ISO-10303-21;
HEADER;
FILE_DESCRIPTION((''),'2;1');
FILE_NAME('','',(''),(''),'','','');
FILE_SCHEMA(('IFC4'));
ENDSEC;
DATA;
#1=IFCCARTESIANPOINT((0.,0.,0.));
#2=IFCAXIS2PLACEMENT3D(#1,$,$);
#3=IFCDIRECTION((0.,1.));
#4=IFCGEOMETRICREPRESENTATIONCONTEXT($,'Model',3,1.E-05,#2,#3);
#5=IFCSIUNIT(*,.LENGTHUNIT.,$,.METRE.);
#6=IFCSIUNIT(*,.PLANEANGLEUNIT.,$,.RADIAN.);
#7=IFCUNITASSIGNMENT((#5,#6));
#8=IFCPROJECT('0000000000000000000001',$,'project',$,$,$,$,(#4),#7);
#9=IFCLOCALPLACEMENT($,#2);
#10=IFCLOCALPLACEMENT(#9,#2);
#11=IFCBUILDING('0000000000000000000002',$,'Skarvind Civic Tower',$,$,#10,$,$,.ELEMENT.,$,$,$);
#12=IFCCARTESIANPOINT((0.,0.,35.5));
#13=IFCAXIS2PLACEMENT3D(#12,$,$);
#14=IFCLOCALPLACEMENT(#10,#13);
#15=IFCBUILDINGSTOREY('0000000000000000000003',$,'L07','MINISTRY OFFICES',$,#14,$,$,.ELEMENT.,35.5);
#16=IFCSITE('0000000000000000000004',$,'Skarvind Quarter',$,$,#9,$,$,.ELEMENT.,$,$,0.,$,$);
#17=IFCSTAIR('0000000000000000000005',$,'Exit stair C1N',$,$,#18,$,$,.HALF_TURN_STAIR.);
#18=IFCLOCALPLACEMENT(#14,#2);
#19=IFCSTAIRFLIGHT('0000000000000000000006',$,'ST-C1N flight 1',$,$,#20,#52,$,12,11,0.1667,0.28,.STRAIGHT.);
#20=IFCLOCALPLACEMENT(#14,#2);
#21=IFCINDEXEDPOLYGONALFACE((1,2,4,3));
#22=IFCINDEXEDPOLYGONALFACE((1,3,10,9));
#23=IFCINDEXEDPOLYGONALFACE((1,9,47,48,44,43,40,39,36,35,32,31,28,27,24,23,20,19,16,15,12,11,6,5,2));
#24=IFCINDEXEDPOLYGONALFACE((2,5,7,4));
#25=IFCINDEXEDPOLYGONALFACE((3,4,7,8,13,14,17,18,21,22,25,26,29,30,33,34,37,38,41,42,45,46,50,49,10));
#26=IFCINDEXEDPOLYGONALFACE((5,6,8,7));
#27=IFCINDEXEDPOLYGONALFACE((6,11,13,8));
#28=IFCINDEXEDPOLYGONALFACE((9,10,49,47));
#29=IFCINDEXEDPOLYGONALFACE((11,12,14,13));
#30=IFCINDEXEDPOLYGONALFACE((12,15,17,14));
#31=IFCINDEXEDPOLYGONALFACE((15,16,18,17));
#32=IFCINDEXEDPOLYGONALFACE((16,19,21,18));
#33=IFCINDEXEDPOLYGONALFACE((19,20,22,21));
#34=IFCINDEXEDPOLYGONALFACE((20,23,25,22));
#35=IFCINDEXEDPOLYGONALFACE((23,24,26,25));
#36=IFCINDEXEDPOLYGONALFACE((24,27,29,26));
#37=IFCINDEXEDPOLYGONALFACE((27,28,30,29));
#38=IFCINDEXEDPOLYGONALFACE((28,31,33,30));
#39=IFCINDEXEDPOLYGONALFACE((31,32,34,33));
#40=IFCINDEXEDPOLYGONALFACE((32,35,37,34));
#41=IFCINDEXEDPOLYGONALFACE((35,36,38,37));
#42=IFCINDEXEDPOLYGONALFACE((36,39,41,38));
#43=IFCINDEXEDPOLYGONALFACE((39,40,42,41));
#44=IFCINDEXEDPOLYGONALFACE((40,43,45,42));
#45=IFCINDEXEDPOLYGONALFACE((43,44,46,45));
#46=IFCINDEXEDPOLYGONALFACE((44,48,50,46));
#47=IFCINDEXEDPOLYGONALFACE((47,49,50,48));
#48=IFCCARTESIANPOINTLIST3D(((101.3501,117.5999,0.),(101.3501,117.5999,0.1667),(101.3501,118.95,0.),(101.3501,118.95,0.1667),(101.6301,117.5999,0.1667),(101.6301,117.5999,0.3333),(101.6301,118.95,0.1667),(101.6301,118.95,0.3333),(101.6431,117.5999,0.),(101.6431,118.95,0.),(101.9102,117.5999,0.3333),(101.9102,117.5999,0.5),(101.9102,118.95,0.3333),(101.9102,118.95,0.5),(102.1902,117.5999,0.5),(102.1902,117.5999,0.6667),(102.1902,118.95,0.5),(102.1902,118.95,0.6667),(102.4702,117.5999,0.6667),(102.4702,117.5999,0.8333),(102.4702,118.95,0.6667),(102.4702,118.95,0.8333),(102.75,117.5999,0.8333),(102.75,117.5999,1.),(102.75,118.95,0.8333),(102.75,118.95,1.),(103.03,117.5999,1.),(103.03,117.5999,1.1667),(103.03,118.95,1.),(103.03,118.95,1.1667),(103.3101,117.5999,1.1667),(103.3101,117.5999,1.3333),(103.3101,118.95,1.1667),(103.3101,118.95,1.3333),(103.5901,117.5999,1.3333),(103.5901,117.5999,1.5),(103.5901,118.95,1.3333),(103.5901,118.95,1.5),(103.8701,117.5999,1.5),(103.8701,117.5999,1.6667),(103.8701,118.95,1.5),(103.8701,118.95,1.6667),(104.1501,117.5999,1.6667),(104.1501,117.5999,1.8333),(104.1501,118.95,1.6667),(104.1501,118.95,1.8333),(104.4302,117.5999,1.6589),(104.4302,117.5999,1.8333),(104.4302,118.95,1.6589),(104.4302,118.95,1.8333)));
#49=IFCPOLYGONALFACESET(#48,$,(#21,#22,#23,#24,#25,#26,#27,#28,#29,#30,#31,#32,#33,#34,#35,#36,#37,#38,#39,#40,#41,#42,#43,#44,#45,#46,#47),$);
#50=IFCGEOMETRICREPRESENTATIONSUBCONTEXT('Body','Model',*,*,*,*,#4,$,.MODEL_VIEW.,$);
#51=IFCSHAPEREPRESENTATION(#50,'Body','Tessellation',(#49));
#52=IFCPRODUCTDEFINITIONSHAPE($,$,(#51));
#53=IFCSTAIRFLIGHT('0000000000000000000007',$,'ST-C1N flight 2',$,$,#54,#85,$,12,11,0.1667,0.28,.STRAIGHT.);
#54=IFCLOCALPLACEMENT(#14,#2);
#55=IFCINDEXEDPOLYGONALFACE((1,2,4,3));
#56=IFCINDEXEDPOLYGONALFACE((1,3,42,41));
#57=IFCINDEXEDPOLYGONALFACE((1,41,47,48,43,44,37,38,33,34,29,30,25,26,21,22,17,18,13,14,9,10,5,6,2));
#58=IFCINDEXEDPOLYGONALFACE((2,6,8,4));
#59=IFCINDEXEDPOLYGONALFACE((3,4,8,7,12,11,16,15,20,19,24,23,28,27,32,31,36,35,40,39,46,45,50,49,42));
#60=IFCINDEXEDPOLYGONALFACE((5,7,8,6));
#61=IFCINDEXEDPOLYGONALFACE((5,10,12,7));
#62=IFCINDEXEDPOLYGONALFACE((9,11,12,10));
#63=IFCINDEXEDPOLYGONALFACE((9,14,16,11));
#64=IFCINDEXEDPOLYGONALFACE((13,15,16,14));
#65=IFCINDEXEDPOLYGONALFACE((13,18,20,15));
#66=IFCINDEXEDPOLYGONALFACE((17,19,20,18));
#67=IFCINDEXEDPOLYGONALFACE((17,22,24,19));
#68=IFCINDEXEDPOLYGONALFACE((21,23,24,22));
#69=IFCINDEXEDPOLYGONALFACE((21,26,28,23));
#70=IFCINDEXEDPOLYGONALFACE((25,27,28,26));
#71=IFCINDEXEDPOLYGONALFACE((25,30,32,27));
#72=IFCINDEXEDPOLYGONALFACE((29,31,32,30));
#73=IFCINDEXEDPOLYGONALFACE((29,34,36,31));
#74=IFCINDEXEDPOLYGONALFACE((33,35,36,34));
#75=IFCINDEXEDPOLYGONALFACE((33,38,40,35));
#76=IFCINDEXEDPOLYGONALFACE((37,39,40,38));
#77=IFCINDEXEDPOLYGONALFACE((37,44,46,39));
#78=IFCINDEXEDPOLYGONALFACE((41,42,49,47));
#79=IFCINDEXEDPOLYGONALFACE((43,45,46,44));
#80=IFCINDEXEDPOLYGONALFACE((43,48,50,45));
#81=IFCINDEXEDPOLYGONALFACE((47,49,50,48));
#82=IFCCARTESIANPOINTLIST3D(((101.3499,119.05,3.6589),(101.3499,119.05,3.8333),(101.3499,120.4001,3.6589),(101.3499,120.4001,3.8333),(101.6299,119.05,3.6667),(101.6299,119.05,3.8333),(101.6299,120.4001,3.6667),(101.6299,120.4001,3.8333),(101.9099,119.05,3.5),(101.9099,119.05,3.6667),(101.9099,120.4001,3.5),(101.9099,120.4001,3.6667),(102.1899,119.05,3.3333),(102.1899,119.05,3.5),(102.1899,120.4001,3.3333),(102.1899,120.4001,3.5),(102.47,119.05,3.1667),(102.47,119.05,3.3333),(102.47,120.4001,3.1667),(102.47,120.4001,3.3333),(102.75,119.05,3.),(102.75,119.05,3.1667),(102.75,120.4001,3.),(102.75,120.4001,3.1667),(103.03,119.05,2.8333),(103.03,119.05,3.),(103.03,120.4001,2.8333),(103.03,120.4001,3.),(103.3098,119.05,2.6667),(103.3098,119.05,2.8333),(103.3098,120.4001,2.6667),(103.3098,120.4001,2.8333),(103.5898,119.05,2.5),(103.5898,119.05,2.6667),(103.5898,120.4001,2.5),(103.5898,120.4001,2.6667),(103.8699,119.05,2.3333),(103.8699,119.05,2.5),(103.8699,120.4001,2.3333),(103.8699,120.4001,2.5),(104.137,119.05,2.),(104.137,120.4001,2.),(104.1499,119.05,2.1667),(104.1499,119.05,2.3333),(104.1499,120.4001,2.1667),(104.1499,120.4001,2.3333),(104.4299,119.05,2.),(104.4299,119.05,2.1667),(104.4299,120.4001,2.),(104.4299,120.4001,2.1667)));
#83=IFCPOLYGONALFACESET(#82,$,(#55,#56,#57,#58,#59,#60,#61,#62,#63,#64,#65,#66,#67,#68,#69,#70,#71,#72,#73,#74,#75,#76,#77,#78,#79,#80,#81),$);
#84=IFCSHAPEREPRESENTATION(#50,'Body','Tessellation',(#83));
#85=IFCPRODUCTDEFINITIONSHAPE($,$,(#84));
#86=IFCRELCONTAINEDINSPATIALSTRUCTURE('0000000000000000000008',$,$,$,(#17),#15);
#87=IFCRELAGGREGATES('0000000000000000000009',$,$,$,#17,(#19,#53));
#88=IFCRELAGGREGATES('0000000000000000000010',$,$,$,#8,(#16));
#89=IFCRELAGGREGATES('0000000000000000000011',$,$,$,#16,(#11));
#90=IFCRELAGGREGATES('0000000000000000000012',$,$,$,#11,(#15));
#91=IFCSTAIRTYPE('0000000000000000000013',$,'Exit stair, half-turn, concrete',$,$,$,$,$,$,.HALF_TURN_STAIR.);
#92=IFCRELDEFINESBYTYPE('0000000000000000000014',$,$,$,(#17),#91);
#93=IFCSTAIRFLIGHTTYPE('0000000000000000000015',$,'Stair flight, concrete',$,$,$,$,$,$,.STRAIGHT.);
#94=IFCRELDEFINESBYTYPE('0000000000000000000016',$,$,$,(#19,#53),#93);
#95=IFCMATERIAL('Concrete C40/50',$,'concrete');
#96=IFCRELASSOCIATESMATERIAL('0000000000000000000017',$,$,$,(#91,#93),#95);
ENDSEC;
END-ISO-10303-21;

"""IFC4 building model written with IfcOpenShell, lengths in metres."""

from ifc_helpers import new_model, si_unit, direction, frame, origin, place, context, subcontext, project, spatial, polyline, outline, extrude, material, type_object, element, aggregate, save


model = new_model("IFC4")

# Units and contexts
model_context = context("Model", 3, precision=1e-05, world=origin(), true_north=direction((0.0, 1.0)))
body_context = subcontext(model_context, "Body", "Model", "MODEL_VIEW")
ifc_project = project(units=[si_unit("LENGTHUNIT", "METRE"), si_unit("PLANEANGLEUNIT", "RADIAN")], contexts=[model_context])

# Site, building, storey
site_placement = place(None, origin())
site = spatial("IfcSite", under=ifc_project, at=site_placement, Name="Skarvind Quarter", CompositionType="ELEMENT", RefElevation=0.0)
building_placement = place(site_placement, origin())
building = spatial("IfcBuilding", under=site, at=building_placement, Name="Skarvind Civic Tower", CompositionType="ELEMENT")
storey_placement = place(building_placement, frame((0.0, 0.0, 35.5)))
storey = spatial("IfcBuildingStorey", under=building, at=storey_placement, Name="L07", Description="MINISTRY OFFICES", CompositionType="ELEMENT", Elevation=35.5)

# Stair, stair flights
ifc_material_1 = material(Name="Concrete C40/50", Category="concrete")
stair_type = type_object("IfcStairType", Name="Exit stair, half-turn, concrete", PredefinedType="HALF_TURN_STAIR", material=ifc_material_1)
stair_placement = place(storey_placement, origin())
stair = element("IfcStair", 1, at=stair_placement, inside=storey, type_object=stair_type, Name="Exit stair C1N", PredefinedType="HALF_TURN_STAIR")
stair_flight_type = type_object("IfcStairFlightType", Name="Stair flight, concrete", PredefinedType="STRAIGHT", material=ifc_material_1)
stair_flight_1_placement = place(storey_placement, frame((101.3501, 118.2749, 0.0), z_axis=(0.0, 0.0, 1.0), x_axis=(1.0, 0.0, 0.0)))
stair_flight_1 = element("IfcStairFlight", 2, at=stair_flight_1_placement, type_object=stair_flight_type, Name="ST-C1N flight 1", NumberOfRisers=12, NumberOfTreads=11, PredefinedType="STRAIGHT", RiserHeight=0.1667, TreadLength=0.28, context=body_context, shape_type="SweptSolid", body=[
    extrude(outline(polyline([(0.0, 0.0), (0.0, 0.1667), (0.28, 0.1667), (0.28, 0.3333), (0.5601, 0.3333), (0.5601, 0.5), (0.8401, 0.5), (0.8401, 0.6667), (1.1201, 0.6667), (1.1201, 0.8333), (1.3999, 0.8333), (1.3999, 1.0), (1.6799, 1.0), (1.6799, 1.1667), (1.96, 1.1667), (1.96, 1.3333), (2.24, 1.3333), (2.24, 1.5), (2.52, 1.5), (2.52, 1.6667), (2.8, 1.6667), (2.8, 1.8333), (3.0801, 1.8333), (3.0801, 2.0), (3.0801, 1.6589), (0.293, 0.0), (0.0, 0.0)])), frame((0.0, 0.675, 0.0), z_axis=(0.0, -1.0, 0.0), x_axis=(1.0, 0.0, 0.0)), (0.0, 0.0, 1.0), 1.3501),
])
stair_flight_2_placement = place(storey_placement, frame((104.4299, 119.7251, 2.0), z_axis=(0.0, 0.0, 1.0), x_axis=(-1.0, 0.0, 0.0)))
stair_flight_2 = element("IfcStairFlight", 3, at=stair_flight_2_placement, type_object=stair_flight_type, Name="ST-C1N flight 2", NumberOfRisers=12, NumberOfTreads=11, PredefinedType="STRAIGHT", RiserHeight=0.1667, TreadLength=0.28, context=body_context, shape_type="SweptSolid", body=[
    extrude(outline(polyline([(0.0, 0.0), (0.0, 0.1667), (0.28, 0.1667), (0.28, 0.3333), (0.5601, 0.3333), (0.5601, 0.5), (0.8401, 0.5), (0.8401, 0.6667), (1.1201, 0.6667), (1.1201, 0.8333), (1.3999, 0.8333), (1.3999, 1.0), (1.6799, 1.0), (1.6799, 1.1667), (1.96, 1.1667), (1.96, 1.3333), (2.24, 1.3333), (2.24, 1.5), (2.52, 1.5), (2.52, 1.6667), (2.8, 1.6667), (2.8, 1.8333), (3.0801, 1.8333), (3.0801, 2.0), (3.0801, 1.6589), (0.293, 0.0), (0.0, 0.0)])), frame((0.0, 0.675, 0.0), z_axis=(0.0, -1.0, 0.0), x_axis=(1.0, 0.0, 0.0)), (0.0, 0.0, 1.0), 1.3501),
])
aggregate(stair, [stair_flight_1, stair_flight_2])

save(model, "model.ifc")
